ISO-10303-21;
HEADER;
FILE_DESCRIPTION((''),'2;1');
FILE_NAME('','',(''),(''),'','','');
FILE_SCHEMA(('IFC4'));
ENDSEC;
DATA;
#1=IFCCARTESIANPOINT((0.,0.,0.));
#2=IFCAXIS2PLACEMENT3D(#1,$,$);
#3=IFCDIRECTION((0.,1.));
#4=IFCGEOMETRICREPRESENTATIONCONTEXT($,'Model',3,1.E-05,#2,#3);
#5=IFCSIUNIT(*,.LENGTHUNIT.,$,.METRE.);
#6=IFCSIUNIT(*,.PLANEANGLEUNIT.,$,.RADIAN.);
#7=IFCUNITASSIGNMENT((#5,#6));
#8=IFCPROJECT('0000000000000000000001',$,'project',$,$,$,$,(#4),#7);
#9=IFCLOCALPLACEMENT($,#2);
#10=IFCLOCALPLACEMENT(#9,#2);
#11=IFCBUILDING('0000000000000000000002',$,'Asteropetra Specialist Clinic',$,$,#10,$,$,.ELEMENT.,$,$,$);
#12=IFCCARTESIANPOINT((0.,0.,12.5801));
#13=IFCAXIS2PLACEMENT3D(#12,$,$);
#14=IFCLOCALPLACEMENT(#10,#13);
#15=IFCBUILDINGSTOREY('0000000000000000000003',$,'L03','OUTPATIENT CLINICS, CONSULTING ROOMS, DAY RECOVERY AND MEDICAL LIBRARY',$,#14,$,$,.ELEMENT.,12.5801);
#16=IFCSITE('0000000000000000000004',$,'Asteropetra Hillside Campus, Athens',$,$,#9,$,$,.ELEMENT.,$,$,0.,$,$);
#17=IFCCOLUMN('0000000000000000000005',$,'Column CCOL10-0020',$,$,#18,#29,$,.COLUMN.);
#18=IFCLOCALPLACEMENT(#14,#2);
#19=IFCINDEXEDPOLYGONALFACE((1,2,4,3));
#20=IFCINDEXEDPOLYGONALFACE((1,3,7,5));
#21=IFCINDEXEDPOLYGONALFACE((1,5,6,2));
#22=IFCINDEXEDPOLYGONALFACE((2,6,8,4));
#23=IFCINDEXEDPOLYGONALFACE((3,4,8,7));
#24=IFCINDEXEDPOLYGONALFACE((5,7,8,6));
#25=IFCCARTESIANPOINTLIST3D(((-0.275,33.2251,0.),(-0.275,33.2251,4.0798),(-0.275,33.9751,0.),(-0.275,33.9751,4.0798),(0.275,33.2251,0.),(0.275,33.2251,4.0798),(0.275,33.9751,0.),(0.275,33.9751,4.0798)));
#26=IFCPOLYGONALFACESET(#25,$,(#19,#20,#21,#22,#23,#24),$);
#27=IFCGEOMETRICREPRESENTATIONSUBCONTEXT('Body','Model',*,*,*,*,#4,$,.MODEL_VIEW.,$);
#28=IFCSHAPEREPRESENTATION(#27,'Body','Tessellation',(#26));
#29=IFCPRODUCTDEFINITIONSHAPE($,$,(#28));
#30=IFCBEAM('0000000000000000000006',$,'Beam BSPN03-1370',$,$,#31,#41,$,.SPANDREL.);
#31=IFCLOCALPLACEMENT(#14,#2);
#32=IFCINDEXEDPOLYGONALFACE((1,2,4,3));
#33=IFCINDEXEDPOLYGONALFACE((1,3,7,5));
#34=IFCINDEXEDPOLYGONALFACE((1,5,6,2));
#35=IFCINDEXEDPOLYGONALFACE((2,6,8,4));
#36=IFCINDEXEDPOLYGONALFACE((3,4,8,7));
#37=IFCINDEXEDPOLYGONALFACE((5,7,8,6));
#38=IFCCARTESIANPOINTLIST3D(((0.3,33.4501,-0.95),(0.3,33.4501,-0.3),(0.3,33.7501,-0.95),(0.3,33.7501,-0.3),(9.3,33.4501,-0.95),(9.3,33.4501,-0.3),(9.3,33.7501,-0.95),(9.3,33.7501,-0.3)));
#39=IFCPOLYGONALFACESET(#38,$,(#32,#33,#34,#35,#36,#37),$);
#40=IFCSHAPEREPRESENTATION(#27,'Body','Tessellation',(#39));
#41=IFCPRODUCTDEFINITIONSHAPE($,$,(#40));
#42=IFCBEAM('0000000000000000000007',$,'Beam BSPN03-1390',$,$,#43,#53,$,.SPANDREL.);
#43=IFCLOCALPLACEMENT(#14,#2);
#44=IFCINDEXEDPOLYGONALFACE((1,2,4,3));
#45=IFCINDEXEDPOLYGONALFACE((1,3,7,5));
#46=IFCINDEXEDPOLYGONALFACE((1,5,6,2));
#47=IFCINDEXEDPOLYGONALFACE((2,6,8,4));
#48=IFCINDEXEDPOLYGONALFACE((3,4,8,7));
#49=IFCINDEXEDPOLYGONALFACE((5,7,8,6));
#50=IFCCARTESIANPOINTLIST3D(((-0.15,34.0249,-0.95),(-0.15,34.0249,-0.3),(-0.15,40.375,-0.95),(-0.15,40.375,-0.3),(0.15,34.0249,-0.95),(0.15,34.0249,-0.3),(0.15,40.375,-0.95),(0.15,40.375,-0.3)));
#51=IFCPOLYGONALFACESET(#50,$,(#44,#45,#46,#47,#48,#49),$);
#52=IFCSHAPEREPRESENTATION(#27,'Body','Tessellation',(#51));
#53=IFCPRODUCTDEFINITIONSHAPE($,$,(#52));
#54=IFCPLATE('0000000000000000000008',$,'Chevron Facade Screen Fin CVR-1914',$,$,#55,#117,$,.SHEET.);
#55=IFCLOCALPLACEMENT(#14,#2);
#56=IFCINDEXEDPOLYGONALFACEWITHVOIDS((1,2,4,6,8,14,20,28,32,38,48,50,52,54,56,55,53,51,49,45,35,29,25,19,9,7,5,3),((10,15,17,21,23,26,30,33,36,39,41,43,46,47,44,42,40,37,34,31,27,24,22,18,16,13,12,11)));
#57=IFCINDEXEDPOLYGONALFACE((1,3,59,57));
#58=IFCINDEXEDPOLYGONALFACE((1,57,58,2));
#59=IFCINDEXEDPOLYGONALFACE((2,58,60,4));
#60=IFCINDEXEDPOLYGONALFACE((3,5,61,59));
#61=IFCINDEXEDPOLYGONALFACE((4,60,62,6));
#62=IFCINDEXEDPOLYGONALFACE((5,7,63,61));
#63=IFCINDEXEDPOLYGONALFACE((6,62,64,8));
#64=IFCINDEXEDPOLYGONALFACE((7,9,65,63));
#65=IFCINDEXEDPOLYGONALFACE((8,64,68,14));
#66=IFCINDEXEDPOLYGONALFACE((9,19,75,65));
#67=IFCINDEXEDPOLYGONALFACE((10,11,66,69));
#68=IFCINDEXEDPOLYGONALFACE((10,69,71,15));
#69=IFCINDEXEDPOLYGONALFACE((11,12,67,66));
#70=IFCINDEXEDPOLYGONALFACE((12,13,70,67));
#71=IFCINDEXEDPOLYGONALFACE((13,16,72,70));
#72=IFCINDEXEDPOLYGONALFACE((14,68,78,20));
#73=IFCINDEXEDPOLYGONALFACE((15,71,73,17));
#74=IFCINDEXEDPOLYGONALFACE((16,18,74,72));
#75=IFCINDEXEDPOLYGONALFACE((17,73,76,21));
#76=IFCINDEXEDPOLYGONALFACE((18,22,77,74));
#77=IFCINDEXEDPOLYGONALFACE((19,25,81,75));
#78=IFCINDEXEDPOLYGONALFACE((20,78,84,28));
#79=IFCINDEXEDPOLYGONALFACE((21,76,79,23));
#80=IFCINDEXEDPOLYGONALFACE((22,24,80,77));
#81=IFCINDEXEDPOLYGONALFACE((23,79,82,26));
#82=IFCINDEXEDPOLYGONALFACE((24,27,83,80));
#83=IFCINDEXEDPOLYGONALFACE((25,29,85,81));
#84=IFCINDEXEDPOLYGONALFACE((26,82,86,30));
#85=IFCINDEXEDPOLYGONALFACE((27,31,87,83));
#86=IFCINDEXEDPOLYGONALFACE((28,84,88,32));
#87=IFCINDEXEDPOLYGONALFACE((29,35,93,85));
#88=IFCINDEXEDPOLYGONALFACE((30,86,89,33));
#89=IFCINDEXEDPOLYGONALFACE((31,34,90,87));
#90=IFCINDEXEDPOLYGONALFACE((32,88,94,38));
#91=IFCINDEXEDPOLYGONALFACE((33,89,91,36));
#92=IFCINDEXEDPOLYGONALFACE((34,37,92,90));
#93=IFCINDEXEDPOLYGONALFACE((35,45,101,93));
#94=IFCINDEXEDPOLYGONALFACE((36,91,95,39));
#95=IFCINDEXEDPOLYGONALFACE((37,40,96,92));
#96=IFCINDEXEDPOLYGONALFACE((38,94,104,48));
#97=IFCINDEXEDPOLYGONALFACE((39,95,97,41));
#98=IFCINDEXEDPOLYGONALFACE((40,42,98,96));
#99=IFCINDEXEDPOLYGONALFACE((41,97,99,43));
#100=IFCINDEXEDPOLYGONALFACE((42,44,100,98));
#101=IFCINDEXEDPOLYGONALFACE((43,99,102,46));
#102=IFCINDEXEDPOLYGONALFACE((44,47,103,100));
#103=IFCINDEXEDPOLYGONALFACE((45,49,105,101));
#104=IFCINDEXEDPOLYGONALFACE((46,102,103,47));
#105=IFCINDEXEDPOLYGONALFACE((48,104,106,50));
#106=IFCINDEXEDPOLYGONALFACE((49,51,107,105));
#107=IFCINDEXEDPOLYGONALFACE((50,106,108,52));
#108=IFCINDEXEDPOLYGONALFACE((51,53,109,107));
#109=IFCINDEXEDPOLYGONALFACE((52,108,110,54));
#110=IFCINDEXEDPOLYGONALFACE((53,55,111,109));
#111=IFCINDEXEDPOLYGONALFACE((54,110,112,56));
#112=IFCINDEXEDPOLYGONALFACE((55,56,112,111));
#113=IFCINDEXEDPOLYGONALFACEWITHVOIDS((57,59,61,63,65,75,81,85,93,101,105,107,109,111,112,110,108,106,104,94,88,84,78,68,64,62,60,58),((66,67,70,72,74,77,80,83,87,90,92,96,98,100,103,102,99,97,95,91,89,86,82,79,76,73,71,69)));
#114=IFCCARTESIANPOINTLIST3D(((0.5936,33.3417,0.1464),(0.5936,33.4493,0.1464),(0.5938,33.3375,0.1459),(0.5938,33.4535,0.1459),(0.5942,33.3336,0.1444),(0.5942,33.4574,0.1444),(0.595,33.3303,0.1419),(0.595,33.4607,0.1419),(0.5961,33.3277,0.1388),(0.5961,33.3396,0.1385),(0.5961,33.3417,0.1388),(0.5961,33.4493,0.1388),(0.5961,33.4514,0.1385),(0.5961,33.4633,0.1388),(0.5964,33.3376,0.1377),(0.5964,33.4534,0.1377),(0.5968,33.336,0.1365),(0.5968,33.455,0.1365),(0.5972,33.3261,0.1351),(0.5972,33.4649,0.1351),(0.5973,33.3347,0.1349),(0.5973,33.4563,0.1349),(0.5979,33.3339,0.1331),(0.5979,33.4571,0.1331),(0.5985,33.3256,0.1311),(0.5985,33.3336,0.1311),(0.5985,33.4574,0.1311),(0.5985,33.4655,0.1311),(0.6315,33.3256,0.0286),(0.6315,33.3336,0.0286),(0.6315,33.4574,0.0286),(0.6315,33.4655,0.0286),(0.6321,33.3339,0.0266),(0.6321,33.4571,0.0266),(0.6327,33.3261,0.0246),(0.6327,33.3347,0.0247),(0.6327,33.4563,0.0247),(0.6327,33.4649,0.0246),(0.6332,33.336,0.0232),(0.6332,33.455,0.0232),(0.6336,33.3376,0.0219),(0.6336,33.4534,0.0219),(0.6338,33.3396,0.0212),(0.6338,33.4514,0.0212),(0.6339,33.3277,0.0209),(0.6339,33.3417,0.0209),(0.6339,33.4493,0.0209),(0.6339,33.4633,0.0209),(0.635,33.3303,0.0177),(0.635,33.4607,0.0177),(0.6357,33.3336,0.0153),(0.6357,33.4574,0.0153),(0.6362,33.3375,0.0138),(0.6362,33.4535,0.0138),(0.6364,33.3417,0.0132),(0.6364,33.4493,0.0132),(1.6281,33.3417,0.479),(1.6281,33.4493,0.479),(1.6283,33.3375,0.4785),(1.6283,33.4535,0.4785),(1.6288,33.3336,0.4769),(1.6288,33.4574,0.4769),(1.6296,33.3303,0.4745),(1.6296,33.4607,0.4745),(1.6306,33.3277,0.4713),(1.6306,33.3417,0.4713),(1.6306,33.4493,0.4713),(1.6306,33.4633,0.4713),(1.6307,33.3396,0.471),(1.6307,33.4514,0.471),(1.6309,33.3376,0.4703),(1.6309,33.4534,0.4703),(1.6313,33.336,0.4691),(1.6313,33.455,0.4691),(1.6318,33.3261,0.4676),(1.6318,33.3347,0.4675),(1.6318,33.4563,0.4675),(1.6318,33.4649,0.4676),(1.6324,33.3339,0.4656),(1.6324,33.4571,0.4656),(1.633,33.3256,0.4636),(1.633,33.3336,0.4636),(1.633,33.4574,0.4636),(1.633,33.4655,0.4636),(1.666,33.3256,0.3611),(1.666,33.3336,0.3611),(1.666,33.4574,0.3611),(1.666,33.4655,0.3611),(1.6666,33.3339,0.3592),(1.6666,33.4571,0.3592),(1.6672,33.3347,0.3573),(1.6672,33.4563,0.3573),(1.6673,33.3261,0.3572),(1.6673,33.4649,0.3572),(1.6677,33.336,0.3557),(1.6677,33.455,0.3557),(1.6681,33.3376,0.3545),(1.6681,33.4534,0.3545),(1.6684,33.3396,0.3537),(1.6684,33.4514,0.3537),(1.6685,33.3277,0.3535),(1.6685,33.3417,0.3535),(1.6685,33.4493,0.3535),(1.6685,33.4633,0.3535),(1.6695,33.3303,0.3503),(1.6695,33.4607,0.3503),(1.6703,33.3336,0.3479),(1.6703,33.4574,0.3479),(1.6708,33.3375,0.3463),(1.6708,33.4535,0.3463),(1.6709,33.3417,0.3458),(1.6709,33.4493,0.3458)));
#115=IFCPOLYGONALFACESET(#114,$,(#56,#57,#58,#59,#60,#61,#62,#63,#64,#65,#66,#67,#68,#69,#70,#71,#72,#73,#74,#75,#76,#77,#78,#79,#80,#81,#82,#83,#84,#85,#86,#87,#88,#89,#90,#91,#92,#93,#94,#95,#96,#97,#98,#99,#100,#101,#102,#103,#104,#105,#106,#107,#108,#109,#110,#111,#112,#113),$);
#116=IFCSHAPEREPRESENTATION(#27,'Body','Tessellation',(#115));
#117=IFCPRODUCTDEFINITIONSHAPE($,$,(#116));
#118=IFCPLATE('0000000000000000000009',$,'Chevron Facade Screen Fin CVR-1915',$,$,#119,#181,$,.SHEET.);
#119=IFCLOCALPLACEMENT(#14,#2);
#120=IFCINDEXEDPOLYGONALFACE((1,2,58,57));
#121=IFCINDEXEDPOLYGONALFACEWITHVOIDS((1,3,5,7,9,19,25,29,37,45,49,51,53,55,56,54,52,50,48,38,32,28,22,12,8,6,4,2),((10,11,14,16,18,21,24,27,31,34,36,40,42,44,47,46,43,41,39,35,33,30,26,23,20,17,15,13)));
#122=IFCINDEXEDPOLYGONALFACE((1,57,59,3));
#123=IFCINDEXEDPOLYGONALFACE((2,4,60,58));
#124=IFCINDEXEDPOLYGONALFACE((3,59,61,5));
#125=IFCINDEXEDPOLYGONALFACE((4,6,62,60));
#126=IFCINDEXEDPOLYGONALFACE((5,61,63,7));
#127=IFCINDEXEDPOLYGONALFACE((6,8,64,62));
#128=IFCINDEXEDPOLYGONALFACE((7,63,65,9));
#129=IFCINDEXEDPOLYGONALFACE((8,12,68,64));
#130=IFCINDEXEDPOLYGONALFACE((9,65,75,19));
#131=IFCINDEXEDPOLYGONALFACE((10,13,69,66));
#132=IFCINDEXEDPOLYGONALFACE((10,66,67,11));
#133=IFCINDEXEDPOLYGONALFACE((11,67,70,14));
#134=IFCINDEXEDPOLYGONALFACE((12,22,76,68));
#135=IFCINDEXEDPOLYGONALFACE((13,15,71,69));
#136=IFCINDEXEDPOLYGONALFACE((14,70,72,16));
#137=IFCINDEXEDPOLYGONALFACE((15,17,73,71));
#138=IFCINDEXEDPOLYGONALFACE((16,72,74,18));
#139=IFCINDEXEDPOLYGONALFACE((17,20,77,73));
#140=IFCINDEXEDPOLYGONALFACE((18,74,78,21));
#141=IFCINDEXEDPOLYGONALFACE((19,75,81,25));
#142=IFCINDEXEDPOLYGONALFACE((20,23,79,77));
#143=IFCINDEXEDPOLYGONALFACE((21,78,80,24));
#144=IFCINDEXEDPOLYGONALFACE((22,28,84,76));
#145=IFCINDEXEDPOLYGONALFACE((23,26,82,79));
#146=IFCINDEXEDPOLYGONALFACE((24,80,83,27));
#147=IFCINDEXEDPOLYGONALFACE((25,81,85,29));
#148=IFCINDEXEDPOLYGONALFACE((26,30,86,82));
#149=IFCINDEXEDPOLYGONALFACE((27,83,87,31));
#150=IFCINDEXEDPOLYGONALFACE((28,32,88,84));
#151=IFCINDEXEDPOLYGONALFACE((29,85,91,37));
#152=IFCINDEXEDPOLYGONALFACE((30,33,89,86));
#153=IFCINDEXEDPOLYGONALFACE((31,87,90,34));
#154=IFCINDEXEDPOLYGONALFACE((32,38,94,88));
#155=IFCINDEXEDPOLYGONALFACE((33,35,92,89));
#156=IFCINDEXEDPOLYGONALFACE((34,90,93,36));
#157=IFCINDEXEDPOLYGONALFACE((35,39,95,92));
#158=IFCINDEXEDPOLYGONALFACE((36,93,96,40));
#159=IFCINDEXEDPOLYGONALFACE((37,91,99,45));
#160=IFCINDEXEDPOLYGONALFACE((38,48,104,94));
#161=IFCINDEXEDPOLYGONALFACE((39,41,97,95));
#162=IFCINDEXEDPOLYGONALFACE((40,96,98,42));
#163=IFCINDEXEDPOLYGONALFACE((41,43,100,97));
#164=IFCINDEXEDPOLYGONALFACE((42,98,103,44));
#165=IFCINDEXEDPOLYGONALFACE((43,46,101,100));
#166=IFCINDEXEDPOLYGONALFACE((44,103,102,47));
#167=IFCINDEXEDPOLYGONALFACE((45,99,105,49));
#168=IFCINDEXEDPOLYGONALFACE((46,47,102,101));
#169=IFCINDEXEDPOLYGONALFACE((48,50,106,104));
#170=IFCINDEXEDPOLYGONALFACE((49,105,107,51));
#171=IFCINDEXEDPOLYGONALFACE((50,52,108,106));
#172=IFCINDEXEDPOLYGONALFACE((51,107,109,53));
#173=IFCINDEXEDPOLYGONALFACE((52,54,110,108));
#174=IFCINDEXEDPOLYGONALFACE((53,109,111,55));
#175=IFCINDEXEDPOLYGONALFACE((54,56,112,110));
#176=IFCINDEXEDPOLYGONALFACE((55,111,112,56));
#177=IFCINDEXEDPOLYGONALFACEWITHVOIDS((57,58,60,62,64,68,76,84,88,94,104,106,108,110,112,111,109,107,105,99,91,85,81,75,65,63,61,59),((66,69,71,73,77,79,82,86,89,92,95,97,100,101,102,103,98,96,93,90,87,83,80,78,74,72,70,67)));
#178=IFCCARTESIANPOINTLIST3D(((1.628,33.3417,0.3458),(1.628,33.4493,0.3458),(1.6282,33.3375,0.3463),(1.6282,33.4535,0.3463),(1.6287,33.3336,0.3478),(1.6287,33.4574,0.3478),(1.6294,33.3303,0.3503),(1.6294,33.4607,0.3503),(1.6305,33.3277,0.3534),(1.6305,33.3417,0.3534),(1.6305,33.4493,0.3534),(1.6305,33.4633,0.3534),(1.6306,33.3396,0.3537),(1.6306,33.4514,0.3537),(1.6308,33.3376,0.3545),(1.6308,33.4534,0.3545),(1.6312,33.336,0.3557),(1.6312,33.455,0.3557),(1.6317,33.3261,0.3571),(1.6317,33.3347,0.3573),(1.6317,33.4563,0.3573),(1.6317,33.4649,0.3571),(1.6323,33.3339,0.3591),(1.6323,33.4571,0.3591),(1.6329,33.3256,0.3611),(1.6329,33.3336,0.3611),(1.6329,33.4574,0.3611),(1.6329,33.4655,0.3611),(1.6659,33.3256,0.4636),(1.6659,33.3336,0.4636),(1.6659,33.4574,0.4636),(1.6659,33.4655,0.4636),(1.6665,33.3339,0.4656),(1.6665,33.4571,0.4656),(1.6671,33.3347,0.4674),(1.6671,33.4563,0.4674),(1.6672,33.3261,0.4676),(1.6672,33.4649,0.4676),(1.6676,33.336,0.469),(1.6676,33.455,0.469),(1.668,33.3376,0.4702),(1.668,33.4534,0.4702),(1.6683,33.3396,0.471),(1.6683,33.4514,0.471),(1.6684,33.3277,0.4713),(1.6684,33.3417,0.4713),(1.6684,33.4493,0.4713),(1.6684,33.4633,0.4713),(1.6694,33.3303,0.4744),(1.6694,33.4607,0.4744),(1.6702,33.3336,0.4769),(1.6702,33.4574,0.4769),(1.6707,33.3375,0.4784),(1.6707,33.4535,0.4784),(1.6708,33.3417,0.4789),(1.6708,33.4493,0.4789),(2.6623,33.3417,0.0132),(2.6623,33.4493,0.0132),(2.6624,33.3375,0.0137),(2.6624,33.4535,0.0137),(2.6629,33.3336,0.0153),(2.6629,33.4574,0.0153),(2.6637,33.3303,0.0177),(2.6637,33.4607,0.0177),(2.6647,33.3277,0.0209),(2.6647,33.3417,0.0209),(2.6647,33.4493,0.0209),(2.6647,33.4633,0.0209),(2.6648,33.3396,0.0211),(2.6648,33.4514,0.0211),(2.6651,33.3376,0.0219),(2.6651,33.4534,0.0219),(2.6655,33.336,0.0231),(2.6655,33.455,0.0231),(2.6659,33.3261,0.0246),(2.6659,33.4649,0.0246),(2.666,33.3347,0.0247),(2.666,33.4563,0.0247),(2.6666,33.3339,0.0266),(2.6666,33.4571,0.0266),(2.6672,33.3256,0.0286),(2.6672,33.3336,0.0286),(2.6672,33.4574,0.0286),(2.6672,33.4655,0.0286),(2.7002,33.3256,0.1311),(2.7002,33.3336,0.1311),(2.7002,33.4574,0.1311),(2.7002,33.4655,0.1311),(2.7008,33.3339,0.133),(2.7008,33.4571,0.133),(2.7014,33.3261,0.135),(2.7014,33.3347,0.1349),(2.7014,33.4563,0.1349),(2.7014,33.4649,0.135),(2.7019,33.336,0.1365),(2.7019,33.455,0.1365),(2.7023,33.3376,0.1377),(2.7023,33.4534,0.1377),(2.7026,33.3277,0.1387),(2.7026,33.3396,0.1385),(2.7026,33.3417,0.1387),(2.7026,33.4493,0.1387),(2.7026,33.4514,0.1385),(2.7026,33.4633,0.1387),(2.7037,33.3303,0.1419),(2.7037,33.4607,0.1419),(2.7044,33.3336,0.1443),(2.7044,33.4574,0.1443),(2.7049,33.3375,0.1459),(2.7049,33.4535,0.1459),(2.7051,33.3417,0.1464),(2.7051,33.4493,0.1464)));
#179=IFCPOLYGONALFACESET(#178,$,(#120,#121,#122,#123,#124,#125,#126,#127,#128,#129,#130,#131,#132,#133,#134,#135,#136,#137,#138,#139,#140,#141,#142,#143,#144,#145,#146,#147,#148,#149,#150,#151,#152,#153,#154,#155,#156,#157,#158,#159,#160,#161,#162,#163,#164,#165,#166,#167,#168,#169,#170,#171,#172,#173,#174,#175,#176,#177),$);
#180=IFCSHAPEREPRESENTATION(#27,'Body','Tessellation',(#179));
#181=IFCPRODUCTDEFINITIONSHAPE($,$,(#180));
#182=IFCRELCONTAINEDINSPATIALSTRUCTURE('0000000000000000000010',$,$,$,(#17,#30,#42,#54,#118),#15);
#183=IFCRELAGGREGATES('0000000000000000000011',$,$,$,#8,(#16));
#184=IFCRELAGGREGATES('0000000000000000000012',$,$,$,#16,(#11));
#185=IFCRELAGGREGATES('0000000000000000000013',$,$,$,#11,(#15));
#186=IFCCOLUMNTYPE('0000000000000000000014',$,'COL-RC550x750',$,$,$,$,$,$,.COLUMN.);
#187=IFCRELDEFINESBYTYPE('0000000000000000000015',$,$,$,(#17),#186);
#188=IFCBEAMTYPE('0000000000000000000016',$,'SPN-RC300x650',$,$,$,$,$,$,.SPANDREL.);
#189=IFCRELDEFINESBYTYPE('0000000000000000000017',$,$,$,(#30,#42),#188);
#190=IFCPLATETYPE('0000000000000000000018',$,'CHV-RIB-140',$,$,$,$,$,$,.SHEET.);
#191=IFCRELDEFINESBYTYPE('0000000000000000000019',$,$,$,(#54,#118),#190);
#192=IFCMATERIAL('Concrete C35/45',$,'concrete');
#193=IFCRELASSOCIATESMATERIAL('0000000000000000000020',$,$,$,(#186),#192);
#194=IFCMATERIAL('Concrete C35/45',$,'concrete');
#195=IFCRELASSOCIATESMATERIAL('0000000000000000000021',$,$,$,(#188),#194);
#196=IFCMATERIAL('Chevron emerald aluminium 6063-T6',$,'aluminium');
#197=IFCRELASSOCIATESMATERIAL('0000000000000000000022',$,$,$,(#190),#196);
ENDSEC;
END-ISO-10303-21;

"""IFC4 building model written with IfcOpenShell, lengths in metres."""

from ifc_helpers import new_model, si_unit, direction, frame, origin, origin_2d, place, context, subcontext, project, spatial, rectangle, hollow_rectangle, extrude, material, material_profile, profile_set, type_object, element, save


model = new_model("IFC4")

# Units and contexts
model_context = context("Model", 3, precision=1e-05, world=origin(), true_north=direction((0.0, 1.0)))
body_context = subcontext(model_context, "Body", "Model", "MODEL_VIEW")
ifc_project = project(units=[si_unit("LENGTHUNIT", "METRE"), si_unit("PLANEANGLEUNIT", "RADIAN")], contexts=[model_context])

# Site, building, storey
site_placement = place(None, origin())
site = spatial("IfcSite", under=ifc_project, at=site_placement, Name="Asteropetra Hillside Campus, Athens", CompositionType="ELEMENT", RefElevation=0.0)
building_placement = place(site_placement, origin())
building = spatial("IfcBuilding", under=site, at=building_placement, Name="Asteropetra Specialist Clinic", CompositionType="ELEMENT")
storey_placement = place(building_placement, frame((0.0, 0.0, 12.5801)))
storey = spatial("IfcBuildingStorey", under=building, at=storey_placement, Name="L03", Description="OUTPATIENT CLINICS, CONSULTING ROOMS, DAY RECOVERY AND MEDICAL LIBRARY", CompositionType="ELEMENT", Elevation=12.5801)

# Column
ifc_material_1 = material(Name="Concrete C35/45", Category="concrete")
ifc_material_profile_1 = material_profile(ifc_material_1, rectangle(XDim=0.55, YDim=0.75, at=origin_2d()), Name="RC 550x750")
ifc_profile_set_1 = profile_set([ifc_material_profile_1], Name="Concrete C35/45")
column_type = type_object("IfcColumnType", Name="COL-RC550x750", PredefinedType="COLUMN", material=ifc_profile_set_1)
column_placement = place(storey_placement, frame((0.0, 33.6001, 0.0), z_axis=(0.0, 0.0, 1.0), x_axis=(1.0, 0.0, 0.0)))
element("IfcColumn", 1, at=column_placement, inside=storey, type_object=column_type, Name="Column CCOL10-0020", PredefinedType="COLUMN", context=body_context, shape_type="SweptSolid", body=[
    extrude(rectangle(XDim=0.55, YDim=0.75, at=origin_2d()), origin(), (0.0, 0.0, 1.0), 4.0798),
])

# Beams
ifc_material_2 = material(Name="Concrete C35/45", Category="concrete")
ifc_material_profile_2 = material_profile(ifc_material_2, rectangle(XDim=0.3, YDim=0.6499, at=origin_2d()), Name="RCS 300x650")
ifc_profile_set_2 = profile_set([ifc_material_profile_2], Name="Concrete C35/45")
beam_type = type_object("IfcBeamType", Name="SPN-RC300x650", PredefinedType="SPANDREL", material=ifc_profile_set_2)
beam_1_placement = place(storey_placement, frame((0.3, 33.6001, -0.625), z_axis=(1.0, 0.0, 0.0), x_axis=(0.0, 1.0, 0.0)))
element("IfcBeam", 2, at=beam_1_placement, inside=storey, type_object=beam_type, Name="Beam BSPN03-1370", PredefinedType="SPANDREL", context=body_context, shape_type="SweptSolid", body=[
    extrude(rectangle(XDim=0.3, YDim=0.6499, at=origin_2d()), origin(), (0.0, 0.0, 1.0), 9.0),
])
beam_2_placement = place(storey_placement, frame((0.0, 34.0249, -0.625), z_axis=(0.0, 1.0, 0.0), x_axis=(-1.0, 0.0, 0.0)))
element("IfcBeam", 3, at=beam_2_placement, inside=storey, type_object=beam_type, Name="Beam BSPN03-1390", PredefinedType="SPANDREL", context=body_context, shape_type="SweptSolid", body=[
    extrude(rectangle(XDim=0.3, YDim=0.6499, at=origin_2d()), origin(), (0.0, 0.0, 1.0), 6.3501),
])

# Plates
ifc_material_3 = material(Name="Chevron emerald aluminium 6063-T6", Category="aluminium")
ifc_material_profile_3 = material_profile(ifc_material_3, hollow_rectangle(XDim=0.1399, YDim=0.1399, WallThickness=0.0081, InnerFilletRadius=0.0081, OuterFilletRadius=0.0161, at=origin_2d()), Name="SHS 140x140x8.0")
ifc_profile_set_3 = profile_set([ifc_material_profile_3], Name="Chevron emerald aluminium 6063-T6")
plate_type = type_object("IfcPlateType", Name="CHV-RIB-140", PredefinedType="SHEET", material=ifc_profile_set_3)
plate_1_placement = place(storey_placement, frame((0.615, 33.3955, 0.0798), z_axis=(0.952022, 0.0, 0.306031), x_axis=(0.0, 1.0, 0.0)))
element("IfcPlate", 4, at=plate_1_placement, inside=storey, type_object=plate_type, Name="Chevron Facade Screen Fin CVR-1914", PredefinedType="SHEET", context=body_context, shape_type="SweptSolid", body=[
    extrude(hollow_rectangle(XDim=0.1399, YDim=0.1399, WallThickness=0.0081, InnerFilletRadius=0.0081, OuterFilletRadius=0.0161, at=origin_2d()), origin(), (0.0, 0.0, 1.0), 1.0867),
])
plate_2_placement = place(storey_placement, frame((1.6494, 33.3955, 0.4124), z_axis=(0.952, 0.0, -0.306096), x_axis=(0.0, 1.0, 0.0)))
element("IfcPlate", 5, at=plate_2_placement, inside=storey, type_object=plate_type, Name="Chevron Facade Screen Fin CVR-1915", PredefinedType="SHEET", context=body_context, shape_type="SweptSolid", body=[
    extrude(hollow_rectangle(XDim=0.1399, YDim=0.1399, WallThickness=0.0081, InnerFilletRadius=0.0081, OuterFilletRadius=0.0161, at=origin_2d()), origin(), (0.0, 0.0, 1.0), 1.0864),
])

save(model, "model.ifc")
